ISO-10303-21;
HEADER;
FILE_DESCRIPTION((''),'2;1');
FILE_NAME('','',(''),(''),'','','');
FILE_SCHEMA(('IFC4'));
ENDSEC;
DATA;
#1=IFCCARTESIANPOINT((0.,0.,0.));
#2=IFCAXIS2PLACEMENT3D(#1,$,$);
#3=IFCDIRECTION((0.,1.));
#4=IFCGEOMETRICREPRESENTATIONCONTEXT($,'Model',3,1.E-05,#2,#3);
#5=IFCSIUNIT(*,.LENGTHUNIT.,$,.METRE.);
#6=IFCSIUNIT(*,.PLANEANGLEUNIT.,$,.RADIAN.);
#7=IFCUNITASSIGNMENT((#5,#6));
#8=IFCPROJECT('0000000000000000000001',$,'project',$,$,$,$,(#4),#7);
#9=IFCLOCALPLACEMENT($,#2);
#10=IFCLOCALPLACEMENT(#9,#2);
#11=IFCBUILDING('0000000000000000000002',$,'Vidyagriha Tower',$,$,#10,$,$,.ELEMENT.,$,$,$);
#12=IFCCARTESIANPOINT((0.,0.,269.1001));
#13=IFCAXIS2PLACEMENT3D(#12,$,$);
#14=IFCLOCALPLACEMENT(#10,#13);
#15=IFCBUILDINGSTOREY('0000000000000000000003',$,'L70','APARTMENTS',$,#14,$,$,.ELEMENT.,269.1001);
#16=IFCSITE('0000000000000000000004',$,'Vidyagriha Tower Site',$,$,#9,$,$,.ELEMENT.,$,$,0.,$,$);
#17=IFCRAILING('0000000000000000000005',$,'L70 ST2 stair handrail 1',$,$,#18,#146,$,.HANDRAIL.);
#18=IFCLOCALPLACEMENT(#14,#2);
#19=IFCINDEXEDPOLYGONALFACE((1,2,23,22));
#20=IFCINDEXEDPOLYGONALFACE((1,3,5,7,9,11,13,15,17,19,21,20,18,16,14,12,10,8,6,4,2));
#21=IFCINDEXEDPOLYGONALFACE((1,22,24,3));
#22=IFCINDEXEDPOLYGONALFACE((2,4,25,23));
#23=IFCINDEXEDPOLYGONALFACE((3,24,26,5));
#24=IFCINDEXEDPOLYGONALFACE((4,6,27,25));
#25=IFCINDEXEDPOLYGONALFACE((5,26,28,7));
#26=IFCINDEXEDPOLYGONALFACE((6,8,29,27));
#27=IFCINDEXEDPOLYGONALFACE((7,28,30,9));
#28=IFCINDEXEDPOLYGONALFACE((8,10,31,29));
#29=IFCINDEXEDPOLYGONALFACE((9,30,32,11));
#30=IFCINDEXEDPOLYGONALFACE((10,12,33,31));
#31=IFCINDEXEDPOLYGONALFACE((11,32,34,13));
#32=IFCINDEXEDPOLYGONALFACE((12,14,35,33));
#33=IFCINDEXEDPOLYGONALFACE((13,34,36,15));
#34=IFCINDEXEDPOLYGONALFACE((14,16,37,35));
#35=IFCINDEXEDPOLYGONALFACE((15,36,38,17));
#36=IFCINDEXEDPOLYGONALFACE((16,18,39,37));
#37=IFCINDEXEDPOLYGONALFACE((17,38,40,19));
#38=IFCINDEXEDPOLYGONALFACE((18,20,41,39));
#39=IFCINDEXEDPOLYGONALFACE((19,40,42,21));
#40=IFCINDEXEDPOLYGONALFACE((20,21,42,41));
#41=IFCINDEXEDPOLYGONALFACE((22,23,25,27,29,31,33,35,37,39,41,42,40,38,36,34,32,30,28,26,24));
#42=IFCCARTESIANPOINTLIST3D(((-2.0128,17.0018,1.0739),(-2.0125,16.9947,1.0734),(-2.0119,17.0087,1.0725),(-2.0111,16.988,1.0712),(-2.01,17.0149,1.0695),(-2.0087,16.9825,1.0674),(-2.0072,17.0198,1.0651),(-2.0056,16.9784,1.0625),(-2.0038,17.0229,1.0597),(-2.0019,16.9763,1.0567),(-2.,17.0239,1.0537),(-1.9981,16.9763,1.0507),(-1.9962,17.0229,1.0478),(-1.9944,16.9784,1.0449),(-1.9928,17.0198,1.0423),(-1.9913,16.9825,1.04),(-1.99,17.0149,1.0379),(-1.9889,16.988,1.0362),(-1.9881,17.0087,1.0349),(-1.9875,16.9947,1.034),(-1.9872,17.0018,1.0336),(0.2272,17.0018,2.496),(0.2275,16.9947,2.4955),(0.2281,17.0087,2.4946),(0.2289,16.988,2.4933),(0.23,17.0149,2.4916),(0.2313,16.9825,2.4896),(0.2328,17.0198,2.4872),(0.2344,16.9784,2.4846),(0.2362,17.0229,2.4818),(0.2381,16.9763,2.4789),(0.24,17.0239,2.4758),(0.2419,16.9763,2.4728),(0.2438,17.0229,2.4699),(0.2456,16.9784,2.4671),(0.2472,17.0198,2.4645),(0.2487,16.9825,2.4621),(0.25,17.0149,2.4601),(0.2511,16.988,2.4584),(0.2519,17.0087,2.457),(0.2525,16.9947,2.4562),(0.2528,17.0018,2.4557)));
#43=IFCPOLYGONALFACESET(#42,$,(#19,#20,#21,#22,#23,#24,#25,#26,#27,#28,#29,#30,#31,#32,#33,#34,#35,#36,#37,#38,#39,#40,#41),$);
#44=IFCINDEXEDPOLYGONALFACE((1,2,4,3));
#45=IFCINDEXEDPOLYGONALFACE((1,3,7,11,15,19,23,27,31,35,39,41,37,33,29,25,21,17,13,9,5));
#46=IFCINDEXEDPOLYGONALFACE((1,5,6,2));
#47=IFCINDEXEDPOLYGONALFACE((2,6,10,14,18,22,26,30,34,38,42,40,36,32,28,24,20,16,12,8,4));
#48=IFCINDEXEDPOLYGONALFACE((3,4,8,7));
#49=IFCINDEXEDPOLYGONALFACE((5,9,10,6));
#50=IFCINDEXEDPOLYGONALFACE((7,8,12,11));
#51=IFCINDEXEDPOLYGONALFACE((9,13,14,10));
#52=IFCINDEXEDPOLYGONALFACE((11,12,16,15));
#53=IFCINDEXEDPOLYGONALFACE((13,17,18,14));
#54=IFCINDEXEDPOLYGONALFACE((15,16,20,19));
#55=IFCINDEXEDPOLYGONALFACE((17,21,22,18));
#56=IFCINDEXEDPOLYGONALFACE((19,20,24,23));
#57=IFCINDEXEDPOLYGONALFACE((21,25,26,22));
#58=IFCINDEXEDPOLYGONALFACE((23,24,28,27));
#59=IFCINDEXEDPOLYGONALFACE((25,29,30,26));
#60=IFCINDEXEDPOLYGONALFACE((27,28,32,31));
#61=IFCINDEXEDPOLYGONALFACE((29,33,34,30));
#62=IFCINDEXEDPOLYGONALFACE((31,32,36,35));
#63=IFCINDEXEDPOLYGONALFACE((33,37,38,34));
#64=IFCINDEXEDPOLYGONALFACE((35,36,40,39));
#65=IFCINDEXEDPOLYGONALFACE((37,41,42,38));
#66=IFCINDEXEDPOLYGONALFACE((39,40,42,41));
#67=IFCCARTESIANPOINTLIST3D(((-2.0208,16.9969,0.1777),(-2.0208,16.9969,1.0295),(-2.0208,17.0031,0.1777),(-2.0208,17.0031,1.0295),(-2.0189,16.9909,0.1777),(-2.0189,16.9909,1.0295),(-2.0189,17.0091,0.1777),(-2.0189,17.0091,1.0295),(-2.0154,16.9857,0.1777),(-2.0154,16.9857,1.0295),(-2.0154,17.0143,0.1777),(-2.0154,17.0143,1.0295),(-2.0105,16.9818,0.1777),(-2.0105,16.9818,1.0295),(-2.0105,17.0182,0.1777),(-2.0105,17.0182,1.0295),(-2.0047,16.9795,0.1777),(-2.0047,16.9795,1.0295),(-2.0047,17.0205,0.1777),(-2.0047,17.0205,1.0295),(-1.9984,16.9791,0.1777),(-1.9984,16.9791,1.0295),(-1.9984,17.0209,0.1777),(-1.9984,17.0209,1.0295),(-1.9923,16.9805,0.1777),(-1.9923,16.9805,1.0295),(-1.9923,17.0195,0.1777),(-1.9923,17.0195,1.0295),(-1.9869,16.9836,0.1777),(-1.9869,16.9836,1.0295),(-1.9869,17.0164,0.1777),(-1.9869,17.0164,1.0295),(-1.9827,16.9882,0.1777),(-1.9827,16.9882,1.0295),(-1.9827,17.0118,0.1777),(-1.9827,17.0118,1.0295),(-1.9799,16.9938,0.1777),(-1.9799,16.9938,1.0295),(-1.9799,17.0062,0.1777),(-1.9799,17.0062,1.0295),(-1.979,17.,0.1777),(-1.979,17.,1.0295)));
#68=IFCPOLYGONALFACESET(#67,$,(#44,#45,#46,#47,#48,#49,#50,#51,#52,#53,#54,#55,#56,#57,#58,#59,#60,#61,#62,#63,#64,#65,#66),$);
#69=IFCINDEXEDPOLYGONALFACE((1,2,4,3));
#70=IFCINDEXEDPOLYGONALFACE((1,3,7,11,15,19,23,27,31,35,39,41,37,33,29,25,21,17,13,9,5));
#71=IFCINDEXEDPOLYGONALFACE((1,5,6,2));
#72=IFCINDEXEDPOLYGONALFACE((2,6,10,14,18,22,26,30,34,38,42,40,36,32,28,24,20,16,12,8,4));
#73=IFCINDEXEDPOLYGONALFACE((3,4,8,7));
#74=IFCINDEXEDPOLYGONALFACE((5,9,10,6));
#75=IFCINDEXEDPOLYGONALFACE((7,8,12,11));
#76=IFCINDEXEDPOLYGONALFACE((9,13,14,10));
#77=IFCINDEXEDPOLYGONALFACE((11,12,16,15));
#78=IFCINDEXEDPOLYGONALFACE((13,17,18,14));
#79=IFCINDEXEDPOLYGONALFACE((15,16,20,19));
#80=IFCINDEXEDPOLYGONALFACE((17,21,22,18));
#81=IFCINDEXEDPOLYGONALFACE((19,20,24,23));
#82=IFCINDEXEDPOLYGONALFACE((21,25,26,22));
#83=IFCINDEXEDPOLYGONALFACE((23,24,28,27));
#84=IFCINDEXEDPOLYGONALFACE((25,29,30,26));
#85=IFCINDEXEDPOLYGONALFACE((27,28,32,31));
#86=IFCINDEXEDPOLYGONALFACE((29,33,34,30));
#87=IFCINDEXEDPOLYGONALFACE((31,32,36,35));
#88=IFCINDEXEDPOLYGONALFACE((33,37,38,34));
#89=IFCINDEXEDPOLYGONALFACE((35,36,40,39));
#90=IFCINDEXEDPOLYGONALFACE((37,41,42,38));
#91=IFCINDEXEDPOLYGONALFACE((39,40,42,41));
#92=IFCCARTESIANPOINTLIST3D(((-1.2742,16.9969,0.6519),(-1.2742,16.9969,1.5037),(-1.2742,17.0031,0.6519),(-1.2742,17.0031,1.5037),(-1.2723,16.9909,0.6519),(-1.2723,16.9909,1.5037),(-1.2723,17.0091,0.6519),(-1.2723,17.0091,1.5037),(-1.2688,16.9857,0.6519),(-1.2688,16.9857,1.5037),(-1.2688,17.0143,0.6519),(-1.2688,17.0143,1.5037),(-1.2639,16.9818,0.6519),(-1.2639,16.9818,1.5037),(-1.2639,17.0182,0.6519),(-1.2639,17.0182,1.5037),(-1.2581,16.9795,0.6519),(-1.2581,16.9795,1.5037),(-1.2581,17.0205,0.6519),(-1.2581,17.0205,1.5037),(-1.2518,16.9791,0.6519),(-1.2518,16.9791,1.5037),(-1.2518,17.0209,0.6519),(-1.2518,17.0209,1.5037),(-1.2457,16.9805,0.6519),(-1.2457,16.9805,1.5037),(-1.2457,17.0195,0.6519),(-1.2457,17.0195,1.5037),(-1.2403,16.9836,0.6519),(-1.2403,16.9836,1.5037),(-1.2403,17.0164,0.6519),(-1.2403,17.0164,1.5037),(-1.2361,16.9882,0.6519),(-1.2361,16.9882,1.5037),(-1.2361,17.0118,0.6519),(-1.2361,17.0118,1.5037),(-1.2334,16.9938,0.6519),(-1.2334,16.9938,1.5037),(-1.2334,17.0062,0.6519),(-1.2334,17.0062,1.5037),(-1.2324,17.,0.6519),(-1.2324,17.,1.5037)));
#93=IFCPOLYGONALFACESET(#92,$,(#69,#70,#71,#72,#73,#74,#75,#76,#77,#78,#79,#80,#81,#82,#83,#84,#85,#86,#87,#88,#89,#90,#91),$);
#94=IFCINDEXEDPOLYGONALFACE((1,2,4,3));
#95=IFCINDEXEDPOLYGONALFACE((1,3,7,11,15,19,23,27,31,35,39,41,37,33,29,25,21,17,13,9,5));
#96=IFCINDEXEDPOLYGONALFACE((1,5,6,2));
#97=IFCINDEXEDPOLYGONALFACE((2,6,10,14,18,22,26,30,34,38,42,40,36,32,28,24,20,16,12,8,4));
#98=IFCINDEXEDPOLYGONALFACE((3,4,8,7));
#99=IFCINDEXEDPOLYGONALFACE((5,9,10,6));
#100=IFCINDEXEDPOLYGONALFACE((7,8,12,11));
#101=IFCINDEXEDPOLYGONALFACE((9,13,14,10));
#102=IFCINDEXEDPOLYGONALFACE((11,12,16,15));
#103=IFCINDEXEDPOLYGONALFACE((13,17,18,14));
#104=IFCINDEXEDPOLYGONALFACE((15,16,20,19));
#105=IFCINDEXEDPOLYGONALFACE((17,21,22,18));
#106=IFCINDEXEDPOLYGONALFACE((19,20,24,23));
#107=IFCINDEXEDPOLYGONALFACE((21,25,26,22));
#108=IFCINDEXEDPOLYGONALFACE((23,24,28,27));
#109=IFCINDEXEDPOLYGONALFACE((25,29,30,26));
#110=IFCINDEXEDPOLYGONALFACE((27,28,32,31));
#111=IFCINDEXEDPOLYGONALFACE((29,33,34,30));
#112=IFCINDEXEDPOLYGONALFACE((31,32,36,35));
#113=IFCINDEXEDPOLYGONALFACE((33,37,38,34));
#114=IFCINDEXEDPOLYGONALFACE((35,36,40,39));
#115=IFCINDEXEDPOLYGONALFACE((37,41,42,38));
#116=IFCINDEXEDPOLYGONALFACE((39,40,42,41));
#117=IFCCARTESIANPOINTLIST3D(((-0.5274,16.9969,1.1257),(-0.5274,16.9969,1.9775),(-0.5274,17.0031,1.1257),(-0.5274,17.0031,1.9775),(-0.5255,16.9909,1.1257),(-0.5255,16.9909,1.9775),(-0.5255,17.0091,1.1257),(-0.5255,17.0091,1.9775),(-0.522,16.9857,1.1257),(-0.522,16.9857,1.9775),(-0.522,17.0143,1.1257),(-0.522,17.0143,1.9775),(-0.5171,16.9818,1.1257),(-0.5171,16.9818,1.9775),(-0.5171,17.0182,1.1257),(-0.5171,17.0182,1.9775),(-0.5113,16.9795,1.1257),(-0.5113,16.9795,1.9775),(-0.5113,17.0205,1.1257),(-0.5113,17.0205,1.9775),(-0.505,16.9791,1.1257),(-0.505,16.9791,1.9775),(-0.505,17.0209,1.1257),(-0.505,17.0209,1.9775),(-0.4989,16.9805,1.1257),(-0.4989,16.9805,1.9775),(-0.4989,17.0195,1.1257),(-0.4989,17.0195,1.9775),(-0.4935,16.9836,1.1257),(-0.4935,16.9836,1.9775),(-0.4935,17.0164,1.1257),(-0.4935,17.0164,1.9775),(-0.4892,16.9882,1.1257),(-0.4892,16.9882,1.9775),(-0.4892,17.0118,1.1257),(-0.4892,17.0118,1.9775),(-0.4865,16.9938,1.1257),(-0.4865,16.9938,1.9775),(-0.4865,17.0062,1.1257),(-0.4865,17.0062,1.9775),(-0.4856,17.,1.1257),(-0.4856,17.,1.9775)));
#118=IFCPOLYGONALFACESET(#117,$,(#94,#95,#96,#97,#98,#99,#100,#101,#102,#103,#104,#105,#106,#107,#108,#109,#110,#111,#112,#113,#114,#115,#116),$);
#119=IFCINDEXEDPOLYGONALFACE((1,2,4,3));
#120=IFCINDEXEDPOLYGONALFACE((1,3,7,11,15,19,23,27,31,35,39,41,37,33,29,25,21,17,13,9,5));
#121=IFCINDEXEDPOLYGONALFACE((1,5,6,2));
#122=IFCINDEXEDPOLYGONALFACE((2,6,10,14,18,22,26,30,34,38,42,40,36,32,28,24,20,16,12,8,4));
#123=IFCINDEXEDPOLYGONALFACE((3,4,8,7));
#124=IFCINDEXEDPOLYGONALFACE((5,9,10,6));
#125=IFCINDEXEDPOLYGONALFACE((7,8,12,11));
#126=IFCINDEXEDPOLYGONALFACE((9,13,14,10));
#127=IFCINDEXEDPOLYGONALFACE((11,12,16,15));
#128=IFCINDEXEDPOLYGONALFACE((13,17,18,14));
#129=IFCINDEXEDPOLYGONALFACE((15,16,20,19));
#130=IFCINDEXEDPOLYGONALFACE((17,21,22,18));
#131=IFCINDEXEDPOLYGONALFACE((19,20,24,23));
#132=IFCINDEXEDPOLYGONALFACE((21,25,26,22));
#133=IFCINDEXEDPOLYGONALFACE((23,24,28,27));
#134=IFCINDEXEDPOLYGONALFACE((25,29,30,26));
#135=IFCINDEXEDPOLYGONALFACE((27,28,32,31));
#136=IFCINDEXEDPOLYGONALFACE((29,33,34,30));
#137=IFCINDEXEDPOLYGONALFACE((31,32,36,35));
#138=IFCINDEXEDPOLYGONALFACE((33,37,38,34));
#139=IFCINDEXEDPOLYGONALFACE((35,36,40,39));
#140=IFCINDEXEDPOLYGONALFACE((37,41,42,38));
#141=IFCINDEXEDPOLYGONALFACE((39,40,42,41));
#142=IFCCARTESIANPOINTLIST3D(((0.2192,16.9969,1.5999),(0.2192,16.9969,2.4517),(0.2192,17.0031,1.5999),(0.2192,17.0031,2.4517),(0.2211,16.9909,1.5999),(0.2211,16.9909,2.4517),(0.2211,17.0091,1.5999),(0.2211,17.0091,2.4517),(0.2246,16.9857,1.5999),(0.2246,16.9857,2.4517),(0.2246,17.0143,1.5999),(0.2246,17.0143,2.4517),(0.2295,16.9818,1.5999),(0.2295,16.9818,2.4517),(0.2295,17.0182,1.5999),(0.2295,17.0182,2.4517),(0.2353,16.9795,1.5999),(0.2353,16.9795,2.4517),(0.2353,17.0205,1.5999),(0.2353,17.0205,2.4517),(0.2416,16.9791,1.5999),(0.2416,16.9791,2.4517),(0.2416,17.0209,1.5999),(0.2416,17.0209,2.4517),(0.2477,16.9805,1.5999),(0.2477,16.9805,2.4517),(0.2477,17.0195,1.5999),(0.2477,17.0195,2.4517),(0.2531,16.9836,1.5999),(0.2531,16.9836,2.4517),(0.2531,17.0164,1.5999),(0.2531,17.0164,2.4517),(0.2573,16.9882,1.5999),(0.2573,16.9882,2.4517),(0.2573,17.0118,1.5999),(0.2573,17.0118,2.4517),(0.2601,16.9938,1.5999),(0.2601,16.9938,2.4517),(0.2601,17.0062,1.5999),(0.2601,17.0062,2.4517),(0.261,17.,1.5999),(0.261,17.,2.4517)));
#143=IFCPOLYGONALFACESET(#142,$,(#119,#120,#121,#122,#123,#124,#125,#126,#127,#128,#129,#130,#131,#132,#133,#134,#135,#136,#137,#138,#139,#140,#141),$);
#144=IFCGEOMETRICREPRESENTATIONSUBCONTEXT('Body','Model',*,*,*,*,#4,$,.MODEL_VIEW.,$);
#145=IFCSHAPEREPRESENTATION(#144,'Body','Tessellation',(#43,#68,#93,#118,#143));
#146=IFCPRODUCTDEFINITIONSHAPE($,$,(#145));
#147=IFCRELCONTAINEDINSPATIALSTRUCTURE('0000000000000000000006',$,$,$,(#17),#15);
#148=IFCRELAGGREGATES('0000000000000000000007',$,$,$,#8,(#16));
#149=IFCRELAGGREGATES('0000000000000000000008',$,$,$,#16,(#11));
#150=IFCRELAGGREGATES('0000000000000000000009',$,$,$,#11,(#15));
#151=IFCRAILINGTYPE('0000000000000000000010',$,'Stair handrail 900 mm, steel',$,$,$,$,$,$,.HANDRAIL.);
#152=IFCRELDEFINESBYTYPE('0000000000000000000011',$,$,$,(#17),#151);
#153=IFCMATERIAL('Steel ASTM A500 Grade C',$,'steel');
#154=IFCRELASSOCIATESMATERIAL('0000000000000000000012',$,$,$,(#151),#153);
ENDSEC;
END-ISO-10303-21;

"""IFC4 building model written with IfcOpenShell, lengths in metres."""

from ifc_helpers import new_model, si_unit, direction, frame, origin, origin_2d, place, context, subcontext, project, spatial, circle, extrude, material, type_object, element, save


model = new_model("IFC4")

# Units and contexts
model_context = context("Model", 3, precision=1e-05, world=origin(), true_north=direction((0.0, 1.0)))
body_context = subcontext(model_context, "Body", "Model", "MODEL_VIEW")
ifc_project = project(units=[si_unit("LENGTHUNIT", "METRE"), si_unit("PLANEANGLEUNIT", "RADIAN")], contexts=[model_context])

# Site, building, storey
site_placement = place(None, origin())
site = spatial("IfcSite", under=ifc_project, at=site_placement, Name="Vidyagriha Tower Site", CompositionType="ELEMENT", RefElevation=0.0)
building_placement = place(site_placement, origin())
building = spatial("IfcBuilding", under=site, at=building_placement, Name="Vidyagriha Tower", CompositionType="ELEMENT")
storey_placement = place(building_placement, frame((0.0, 0.0, 269.1001)))
storey = spatial("IfcBuildingStorey", under=building, at=storey_placement, Name="L70", Description="APARTMENTS", CompositionType="ELEMENT", Elevation=269.1001)

# Railing
ifc_material_1 = material(Name="Steel ASTM A500 Grade C", Category="steel")
railing_type_1 = type_object("IfcRailingType", Name="Stair handrail 900 mm, steel", PredefinedType="HANDRAIL", material=ifc_material_1)
for number, where, name in (
    (1, (-2.0, 17.0, 0.1777), "L70 ST2 stair handrail 1"),
):
    element("IfcRailing", number, at=place(storey_placement, frame(where)), inside=storey, type_object=railing_type_1, Name=name, PredefinedType="HANDRAIL", context=body_context, shape_type="SweptSolid", body=[
        extrude(circle(Radius=0.0239, at=origin_2d()), frame((0.0, 0.0, 0.876), z_axis=(0.844229, 0.0, 0.535982), x_axis=(0.0, 1.0, 0.0)), (0.0, 0.0, 1.0), 2.6533),
        extrude(circle(Radius=0.021, at=origin_2d()), origin(), (0.0, 0.0, 1.0), 0.8518),
        extrude(circle(Radius=0.021, at=origin_2d()), frame((0.7466, 0.0, 0.4741)), (0.0, 0.0, 1.0), 0.8518),
        extrude(circle(Radius=0.021, at=origin_2d()), frame((1.4934, 0.0, 0.948)), (0.0, 0.0, 1.0), 0.8518),
        extrude(circle(Radius=0.021, at=origin_2d()), frame((2.24, 0.0, 1.4221)), (0.0, 0.0, 1.0), 0.8518),
    ])

save(model, "model.ifc")
